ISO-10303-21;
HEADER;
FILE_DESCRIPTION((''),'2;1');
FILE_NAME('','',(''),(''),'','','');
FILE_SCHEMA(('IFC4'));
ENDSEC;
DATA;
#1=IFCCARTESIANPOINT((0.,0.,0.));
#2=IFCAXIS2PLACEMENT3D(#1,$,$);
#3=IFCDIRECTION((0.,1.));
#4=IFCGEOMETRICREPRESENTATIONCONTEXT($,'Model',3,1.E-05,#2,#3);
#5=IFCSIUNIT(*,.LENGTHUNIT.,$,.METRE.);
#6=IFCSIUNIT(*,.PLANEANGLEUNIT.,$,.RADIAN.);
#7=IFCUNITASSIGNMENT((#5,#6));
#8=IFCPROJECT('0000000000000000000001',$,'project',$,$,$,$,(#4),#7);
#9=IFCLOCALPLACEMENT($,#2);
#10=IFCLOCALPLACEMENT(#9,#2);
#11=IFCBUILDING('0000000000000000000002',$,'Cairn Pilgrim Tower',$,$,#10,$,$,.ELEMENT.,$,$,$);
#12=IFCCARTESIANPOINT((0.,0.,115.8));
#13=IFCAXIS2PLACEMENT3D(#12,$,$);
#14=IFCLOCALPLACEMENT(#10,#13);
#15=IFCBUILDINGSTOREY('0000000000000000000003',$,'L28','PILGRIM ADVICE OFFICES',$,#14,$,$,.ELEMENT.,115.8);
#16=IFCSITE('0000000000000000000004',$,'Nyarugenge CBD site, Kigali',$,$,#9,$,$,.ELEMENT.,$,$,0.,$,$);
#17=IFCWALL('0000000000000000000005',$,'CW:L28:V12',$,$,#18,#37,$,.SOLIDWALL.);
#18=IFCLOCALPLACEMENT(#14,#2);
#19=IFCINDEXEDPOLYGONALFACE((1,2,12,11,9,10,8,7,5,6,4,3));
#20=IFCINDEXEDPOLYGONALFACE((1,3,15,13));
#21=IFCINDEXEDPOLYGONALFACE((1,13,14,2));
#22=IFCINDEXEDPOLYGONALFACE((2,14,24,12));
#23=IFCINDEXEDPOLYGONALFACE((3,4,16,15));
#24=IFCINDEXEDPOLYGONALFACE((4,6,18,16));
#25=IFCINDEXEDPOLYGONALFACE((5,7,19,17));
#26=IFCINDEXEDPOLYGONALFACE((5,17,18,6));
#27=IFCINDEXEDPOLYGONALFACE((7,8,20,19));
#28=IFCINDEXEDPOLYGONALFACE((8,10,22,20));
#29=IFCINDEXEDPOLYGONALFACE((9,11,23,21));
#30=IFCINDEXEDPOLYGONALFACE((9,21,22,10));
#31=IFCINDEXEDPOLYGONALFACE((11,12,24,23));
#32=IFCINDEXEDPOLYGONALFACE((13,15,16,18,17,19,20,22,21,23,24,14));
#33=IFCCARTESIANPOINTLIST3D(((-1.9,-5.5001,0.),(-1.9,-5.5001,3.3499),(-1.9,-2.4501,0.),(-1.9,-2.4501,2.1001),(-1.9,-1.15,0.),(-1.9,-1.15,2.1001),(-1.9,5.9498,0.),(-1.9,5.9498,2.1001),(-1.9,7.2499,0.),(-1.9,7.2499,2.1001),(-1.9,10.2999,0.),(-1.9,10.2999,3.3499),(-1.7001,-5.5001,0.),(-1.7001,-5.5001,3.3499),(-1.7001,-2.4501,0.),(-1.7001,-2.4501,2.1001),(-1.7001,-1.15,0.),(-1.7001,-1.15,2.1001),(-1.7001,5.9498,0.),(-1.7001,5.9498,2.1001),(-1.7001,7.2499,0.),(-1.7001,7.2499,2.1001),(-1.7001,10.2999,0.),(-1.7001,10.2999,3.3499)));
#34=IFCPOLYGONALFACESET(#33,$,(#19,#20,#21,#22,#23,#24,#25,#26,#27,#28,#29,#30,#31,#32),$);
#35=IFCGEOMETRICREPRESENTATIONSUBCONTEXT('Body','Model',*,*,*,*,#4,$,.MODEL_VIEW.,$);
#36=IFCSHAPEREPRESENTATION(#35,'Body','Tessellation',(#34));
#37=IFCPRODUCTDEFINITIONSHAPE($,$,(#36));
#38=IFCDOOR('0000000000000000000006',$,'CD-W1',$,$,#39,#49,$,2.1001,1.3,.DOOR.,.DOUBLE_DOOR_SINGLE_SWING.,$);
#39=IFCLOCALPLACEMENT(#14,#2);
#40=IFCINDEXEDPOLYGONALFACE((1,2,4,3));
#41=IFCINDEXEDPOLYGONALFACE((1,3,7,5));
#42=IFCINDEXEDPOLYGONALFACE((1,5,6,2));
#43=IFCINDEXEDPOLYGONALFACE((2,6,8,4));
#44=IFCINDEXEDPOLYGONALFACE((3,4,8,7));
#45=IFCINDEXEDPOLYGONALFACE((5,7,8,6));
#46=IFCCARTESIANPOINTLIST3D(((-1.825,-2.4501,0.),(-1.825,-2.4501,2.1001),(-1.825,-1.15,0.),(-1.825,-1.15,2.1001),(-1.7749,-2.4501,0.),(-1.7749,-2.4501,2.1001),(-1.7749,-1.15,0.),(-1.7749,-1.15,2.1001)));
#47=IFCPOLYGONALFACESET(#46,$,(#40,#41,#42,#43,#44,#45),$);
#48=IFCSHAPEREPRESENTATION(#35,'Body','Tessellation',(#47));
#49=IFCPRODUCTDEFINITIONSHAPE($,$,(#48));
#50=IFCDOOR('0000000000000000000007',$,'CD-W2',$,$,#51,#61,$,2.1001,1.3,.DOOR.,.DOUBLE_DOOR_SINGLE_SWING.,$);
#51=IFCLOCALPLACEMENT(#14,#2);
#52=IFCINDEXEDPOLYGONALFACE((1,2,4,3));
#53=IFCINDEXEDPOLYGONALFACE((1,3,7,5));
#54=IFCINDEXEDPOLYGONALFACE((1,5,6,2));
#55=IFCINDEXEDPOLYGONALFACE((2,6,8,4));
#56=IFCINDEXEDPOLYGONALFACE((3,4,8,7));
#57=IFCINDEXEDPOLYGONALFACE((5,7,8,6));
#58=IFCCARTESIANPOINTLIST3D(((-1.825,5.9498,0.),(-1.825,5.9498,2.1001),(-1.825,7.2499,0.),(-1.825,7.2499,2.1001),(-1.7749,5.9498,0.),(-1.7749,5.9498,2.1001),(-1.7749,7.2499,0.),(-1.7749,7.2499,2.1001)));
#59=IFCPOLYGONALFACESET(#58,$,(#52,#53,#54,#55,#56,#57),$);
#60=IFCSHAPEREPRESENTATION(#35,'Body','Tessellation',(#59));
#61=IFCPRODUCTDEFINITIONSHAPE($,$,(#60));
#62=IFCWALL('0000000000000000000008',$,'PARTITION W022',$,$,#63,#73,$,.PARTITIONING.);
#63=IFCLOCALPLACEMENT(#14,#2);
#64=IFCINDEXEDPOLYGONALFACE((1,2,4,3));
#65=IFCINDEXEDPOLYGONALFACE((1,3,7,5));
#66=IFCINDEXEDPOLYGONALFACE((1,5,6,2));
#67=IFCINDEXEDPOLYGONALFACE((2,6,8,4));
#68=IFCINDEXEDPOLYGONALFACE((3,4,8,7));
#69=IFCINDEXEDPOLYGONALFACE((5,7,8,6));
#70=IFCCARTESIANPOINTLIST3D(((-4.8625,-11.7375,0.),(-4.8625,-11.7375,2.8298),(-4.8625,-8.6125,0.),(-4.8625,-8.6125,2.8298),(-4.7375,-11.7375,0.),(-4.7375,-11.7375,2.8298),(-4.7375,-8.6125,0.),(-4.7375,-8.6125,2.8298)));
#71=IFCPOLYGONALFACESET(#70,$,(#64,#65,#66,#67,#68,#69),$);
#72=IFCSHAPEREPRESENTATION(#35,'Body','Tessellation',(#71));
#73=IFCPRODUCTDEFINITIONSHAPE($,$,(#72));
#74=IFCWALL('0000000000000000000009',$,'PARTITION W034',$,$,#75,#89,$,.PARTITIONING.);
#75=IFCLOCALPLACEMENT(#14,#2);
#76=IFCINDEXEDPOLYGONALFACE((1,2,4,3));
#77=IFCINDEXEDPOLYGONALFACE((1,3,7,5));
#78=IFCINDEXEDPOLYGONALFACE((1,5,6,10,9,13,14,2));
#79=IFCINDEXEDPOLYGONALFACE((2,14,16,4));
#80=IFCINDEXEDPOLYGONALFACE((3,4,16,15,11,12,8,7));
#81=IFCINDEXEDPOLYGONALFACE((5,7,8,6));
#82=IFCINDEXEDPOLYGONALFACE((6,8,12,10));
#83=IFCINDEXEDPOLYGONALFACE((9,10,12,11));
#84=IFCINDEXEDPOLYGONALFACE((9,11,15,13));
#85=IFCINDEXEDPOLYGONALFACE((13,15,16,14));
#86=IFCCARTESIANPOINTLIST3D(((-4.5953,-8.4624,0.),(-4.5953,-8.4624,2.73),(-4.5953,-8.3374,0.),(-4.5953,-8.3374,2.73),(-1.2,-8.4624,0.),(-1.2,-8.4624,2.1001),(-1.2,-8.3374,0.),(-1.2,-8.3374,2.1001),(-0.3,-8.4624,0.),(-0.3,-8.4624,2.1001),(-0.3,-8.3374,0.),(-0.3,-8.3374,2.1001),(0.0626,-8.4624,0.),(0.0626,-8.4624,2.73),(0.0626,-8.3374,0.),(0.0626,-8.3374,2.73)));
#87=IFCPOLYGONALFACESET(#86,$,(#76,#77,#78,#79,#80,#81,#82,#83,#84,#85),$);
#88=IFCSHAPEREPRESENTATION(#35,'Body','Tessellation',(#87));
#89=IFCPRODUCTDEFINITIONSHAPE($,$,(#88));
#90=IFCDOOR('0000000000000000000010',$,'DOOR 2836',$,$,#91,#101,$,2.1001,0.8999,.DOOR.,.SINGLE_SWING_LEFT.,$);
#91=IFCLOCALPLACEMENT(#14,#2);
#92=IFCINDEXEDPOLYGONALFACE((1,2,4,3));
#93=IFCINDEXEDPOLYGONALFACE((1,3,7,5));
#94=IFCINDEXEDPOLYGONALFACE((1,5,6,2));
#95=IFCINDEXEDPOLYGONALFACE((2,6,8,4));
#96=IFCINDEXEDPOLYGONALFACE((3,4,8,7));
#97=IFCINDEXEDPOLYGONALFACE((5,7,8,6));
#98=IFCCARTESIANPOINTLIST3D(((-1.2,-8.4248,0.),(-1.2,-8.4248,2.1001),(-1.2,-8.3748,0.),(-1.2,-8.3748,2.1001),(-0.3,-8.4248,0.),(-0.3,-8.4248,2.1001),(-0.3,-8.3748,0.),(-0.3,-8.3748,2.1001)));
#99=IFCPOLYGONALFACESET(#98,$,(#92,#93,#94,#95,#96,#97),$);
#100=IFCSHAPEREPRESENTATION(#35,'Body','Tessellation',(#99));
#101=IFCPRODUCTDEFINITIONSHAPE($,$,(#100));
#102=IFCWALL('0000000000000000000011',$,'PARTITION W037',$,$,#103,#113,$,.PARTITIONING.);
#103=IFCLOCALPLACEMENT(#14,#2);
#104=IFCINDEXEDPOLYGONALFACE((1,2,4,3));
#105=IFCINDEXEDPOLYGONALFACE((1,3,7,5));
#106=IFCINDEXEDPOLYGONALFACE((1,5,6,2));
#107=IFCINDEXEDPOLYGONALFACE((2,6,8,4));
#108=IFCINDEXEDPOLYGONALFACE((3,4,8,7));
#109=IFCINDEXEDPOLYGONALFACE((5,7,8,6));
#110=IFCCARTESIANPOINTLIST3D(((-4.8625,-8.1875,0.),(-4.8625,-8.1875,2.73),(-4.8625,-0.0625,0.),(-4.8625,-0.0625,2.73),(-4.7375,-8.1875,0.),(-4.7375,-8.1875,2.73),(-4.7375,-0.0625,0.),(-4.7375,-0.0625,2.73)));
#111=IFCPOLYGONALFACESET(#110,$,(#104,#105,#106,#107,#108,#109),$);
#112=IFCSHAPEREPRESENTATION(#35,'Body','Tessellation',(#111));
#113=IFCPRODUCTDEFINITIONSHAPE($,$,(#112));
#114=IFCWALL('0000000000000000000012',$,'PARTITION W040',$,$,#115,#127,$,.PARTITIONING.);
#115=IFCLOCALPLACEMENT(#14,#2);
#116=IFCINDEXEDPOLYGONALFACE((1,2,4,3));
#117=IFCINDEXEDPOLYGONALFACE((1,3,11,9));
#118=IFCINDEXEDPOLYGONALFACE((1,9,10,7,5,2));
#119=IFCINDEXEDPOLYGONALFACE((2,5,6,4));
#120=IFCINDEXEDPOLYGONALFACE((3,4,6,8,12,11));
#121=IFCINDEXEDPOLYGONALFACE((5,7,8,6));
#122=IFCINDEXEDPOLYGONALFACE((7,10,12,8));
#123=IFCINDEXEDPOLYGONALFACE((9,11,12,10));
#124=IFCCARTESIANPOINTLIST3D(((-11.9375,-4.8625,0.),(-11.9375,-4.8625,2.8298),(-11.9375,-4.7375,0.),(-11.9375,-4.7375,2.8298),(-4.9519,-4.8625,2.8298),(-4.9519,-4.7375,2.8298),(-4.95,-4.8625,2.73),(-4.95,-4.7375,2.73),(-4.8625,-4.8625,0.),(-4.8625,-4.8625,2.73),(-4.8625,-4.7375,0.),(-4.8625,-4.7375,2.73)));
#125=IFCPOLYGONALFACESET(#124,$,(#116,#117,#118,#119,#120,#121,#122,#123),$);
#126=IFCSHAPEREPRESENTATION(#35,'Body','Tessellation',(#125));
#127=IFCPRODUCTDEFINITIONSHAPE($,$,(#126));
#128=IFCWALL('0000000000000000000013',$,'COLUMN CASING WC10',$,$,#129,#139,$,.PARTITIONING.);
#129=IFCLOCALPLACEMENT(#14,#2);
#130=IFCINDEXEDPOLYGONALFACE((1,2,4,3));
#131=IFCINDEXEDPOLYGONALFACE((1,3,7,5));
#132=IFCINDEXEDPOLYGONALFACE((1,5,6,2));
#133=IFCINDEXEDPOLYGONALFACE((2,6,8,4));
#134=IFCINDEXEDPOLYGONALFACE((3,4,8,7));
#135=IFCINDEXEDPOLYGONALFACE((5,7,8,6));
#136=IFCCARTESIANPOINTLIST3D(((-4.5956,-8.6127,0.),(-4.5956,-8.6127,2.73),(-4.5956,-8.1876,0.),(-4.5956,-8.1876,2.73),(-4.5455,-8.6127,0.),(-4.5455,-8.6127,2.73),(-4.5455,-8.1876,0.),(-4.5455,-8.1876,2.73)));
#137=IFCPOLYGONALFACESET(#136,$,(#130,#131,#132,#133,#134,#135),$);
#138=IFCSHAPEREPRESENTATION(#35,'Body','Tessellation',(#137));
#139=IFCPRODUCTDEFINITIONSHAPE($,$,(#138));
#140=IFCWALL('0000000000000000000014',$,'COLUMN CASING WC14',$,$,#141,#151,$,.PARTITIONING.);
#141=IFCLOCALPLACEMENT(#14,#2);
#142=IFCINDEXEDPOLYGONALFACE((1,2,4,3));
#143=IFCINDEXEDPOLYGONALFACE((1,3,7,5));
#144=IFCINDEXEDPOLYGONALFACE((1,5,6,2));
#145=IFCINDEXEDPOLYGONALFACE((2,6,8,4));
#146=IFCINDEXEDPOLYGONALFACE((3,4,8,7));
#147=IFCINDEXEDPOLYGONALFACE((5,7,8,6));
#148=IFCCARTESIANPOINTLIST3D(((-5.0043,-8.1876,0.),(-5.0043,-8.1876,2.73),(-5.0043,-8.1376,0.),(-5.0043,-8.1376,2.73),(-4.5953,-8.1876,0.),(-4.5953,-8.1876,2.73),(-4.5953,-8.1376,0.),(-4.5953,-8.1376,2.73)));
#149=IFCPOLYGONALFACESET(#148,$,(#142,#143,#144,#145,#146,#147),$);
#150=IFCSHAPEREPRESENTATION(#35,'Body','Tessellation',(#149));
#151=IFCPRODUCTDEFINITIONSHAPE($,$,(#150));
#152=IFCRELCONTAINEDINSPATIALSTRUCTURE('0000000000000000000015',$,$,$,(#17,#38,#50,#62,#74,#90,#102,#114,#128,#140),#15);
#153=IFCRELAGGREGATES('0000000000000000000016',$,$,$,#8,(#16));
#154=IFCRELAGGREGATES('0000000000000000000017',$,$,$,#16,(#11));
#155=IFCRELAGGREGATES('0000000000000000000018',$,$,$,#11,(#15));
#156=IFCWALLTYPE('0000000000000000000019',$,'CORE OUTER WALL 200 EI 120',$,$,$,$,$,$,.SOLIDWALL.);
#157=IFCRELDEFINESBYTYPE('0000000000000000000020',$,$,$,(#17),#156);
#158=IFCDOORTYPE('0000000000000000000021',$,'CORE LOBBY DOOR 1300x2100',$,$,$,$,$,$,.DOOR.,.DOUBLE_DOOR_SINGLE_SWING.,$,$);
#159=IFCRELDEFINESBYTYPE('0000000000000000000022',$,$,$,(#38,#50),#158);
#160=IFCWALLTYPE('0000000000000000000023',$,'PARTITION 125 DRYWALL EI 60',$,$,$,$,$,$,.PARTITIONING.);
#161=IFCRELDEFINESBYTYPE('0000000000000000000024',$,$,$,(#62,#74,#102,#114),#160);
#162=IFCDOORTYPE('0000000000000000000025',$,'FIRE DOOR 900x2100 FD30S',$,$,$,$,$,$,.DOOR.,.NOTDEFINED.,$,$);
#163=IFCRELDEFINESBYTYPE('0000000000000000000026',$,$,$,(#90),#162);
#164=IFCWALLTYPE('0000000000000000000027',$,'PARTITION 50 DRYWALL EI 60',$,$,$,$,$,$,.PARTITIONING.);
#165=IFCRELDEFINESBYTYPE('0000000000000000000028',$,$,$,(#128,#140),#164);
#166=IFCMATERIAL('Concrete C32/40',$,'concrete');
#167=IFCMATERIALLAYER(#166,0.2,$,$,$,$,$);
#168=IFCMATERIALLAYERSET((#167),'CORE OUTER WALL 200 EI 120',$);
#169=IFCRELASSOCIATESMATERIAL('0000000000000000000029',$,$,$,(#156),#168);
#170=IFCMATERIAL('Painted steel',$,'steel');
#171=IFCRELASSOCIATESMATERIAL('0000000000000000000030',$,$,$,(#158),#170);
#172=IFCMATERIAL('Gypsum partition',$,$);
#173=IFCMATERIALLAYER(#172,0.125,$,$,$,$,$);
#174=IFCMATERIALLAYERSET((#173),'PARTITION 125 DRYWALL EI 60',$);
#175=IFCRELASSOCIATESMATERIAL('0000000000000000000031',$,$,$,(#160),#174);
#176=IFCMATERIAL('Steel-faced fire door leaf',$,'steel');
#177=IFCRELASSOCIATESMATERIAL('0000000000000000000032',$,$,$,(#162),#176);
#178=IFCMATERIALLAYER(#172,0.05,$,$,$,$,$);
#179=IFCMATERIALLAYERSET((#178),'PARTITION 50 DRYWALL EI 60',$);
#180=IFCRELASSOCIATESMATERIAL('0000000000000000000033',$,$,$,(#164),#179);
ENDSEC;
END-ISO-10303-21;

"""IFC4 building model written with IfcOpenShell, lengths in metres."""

from ifc_helpers import new_model, si_unit, direction, frame, frame_2d, origin, place, context, subcontext, project, spatial, polyline, rectangle, outline, extrude, material, layer, layer_set, type_object, element, fill, save


model = new_model("IFC4")

# Units and contexts
model_context = context("Model", 3, precision=1e-05, world=origin(), true_north=direction((0.0, 1.0)))
body_context = subcontext(model_context, "Body", "Model", "MODEL_VIEW")
ifc_project = project(units=[si_unit("LENGTHUNIT", "METRE"), si_unit("PLANEANGLEUNIT", "RADIAN")], contexts=[model_context])

# Site, building, storey
site_placement = place(None, origin())
site = spatial("IfcSite", under=ifc_project, at=site_placement, Name="Nyarugenge CBD site, Kigali", CompositionType="ELEMENT", RefElevation=0.0)
building_placement = place(site_placement, origin())
building = spatial("IfcBuilding", under=site, at=building_placement, Name="Cairn Pilgrim Tower", CompositionType="ELEMENT")
storey_placement = place(building_placement, frame((0.0, 0.0, 115.8)))
storey = spatial("IfcBuildingStorey", under=building, at=storey_placement, Name="L28", Description="PILGRIM ADVICE OFFICES", CompositionType="ELEMENT", Elevation=115.8)

# Shared definitions
ifc_material_1 = material(Name="Concrete C32/40", Category="concrete")
ifc_layer_1 = layer(ifc_material_1, 0.2)
ifc_layer_set_1 = layer_set([ifc_layer_1], Name="CORE OUTER WALL 200 EI 120")
wall_type_1 = type_object("IfcWallType", Name="CORE OUTER WALL 200 EI 120", PredefinedType="SOLIDWALL", material=ifc_layer_set_1)

# Wall, openings, doors
wall_1_placement = place(storey_placement, frame((-1.8, -5.5, 0.0), z_axis=(0.0, 0.0, 1.0), x_axis=(0.0, 1.0, 0.0)))
wall_1 = element("IfcWall", 1, at=wall_1_placement, inside=storey, type_object=wall_type_1, Name="CW:L28:V12", PredefinedType="SOLIDWALL", context=body_context, shape_type="SweptSolid", body=[
    extrude(rectangle(XDim=15.8, YDim=0.2, at=frame_2d((7.8999, 0.0))), origin(), (0.0, 0.0, 1.0), 3.3499),
])
opening_1_placement = place(wall_1_placement, frame((3.05, 0.0, 0.0)))
opening_1 = element("IfcOpeningElement", 2, at=opening_1_placement, cuts=wall_1, PredefinedType="OPENING", context=body_context, shape_type="SweptSolid", body=[
    extrude(rectangle(XDim=1.3, YDim=2.1001, at=frame_2d((0.6499, 1.05))), frame((0.0, 0.1099, 0.0), z_axis=(0.0, -1.0, 0.0), x_axis=(1.0, 0.0, 0.0)), (0.0, 0.0, 1.0), 0.22),
])
opening_2_placement = place(wall_1_placement, frame((11.45, 0.0, 0.0)))
opening_2 = element("IfcOpeningElement", 3, at=opening_2_placement, cuts=wall_1, PredefinedType="OPENING", context=body_context, shape_type="SweptSolid", body=[
    extrude(rectangle(XDim=1.3, YDim=2.1001, at=frame_2d((0.6499, 1.05))), frame((0.0, 0.1099, 0.0), z_axis=(0.0, -1.0, 0.0), x_axis=(1.0, 0.0, 0.0)), (0.0, 0.0, 1.0), 0.22),
])
ifc_material_2 = material(Name="Painted steel", Category="steel")
door_type_1 = type_object("IfcDoorType", Name="CORE LOBBY DOOR 1300x2100", OperationType="DOUBLE_DOOR_SINGLE_SWING", PredefinedType="DOOR", material=ifc_material_2)
door_1_placement = place(opening_1_placement, origin())
door_1 = element("IfcDoor", 4, at=door_1_placement, inside=storey, type_object=door_type_1, Name="CD-W1", OperationType="DOUBLE_DOOR_SINGLE_SWING", OverallHeight=2.1001, OverallWidth=1.3, PredefinedType="DOOR", context=body_context, shape_type="SweptSolid", body=[
    extrude(rectangle(XDim=1.3, YDim=2.1001, at=frame_2d((0.6499, 1.05))), frame((0.0, 0.0249, 0.0), z_axis=(0.0, -1.0, 0.0), x_axis=(1.0, 0.0, 0.0)), (0.0, 0.0, 1.0), 0.05),
])
fill(opening_1, door_1)
door_2_placement = place(opening_2_placement, origin())
door_2 = element("IfcDoor", 5, at=door_2_placement, inside=storey, type_object=door_type_1, Name="CD-W2", OperationType="DOUBLE_DOOR_SINGLE_SWING", OverallHeight=2.1001, OverallWidth=1.3, PredefinedType="DOOR", context=body_context, shape_type="SweptSolid", body=[
    extrude(rectangle(XDim=1.3, YDim=2.1001, at=frame_2d((0.6499, 1.05))), frame((0.0, 0.0249, 0.0), z_axis=(0.0, -1.0, 0.0), x_axis=(1.0, 0.0, 0.0)), (0.0, 0.0, 1.0), 0.05),
])
fill(opening_2, door_2)

# Wall
ifc_material_3 = material(Name="Gypsum partition")
ifc_layer_2 = layer(ifc_material_3, 0.125)
ifc_layer_set_2 = layer_set([ifc_layer_2], Name="PARTITION 125 DRYWALL EI 60")
wall_type_2 = type_object("IfcWallType", Name="PARTITION 125 DRYWALL EI 60", PredefinedType="PARTITIONING", material=ifc_layer_set_2)
wall_2_placement = place(storey_placement, frame((-4.8, -11.7375, 0.0), z_axis=(0.0, 0.0, 1.0), x_axis=(0.0, 1.0, 0.0)))
element("IfcWall", 6, at=wall_2_placement, inside=storey, type_object=wall_type_2, Name="PARTITION W022", PredefinedType="PARTITIONING", context=body_context, shape_type="SweptSolid", body=[
    extrude(rectangle(XDim=3.125, YDim=0.125, at=frame_2d((1.5625, 0.0))), origin(), (0.0, 0.0, 1.0), 2.8298),
])

# Wall, opening, door
wall_3_placement = place(storey_placement, frame((-4.5955, -8.3999, 0.0), z_axis=(0.0, 0.0, 1.0), x_axis=(1.0, 0.0, 0.0)))
wall_3 = element("IfcWall", 7, at=wall_3_placement, inside=storey, type_object=wall_type_2, Name="PARTITION W034", PredefinedType="PARTITIONING", context=body_context, shape_type="SweptSolid", body=[
    extrude(rectangle(XDim=4.658, YDim=0.125, at=frame_2d((2.3291, 0.0))), origin(), (0.0, 0.0, 1.0), 2.73),
])
opening_3_placement = place(wall_3_placement, frame((3.3955, 0.0, 0.0)))
opening_3 = element("IfcOpeningElement", 8, at=opening_3_placement, cuts=wall_3, PredefinedType="OPENING", context=body_context, shape_type="SweptSolid", body=[
    extrude(rectangle(XDim=0.8999, YDim=2.1001, at=frame_2d((0.45, 1.05))), frame((0.0, 0.0725, 0.0), z_axis=(0.0, -1.0, 0.0), x_axis=(1.0, 0.0, 0.0)), (0.0, 0.0, 1.0), 0.145),
])
ifc_material_4 = material(Name="Steel-faced fire door leaf", Category="steel")
door_type_2 = type_object("IfcDoorType", Name="FIRE DOOR 900x2100 FD30S", OperationType="NOTDEFINED", PredefinedType="DOOR", material=ifc_material_4)
door_3_placement = place(opening_3_placement, frame((0.8999, 0.0, 0.0), z_axis=(0.0, 0.0, 1.0), x_axis=(-1.0, 0.0, 0.0)))
door_3 = element("IfcDoor", 9, at=door_3_placement, inside=storey, type_object=door_type_2, Name="DOOR 2836", OperationType="SINGLE_SWING_LEFT", OverallHeight=2.1001, OverallWidth=0.8999, PredefinedType="DOOR", context=body_context, shape_type="SweptSolid", body=[
    extrude(rectangle(XDim=0.8999, YDim=2.1001, at=frame_2d((0.45, 1.05))), frame((0.0, 0.0249, 0.0), z_axis=(0.0, -1.0, 0.0), x_axis=(1.0, 0.0, 0.0)), (0.0, 0.0, 1.0), 0.05),
])
fill(opening_3, door_3)

# Walls
wall_4_placement = place(storey_placement, frame((-4.8, -8.1875, 0.0), z_axis=(0.0, 0.0, 1.0), x_axis=(0.0, 1.0, 0.0)))
element("IfcWall", 10, at=wall_4_placement, inside=storey, type_object=wall_type_2, Name="PARTITION W037", PredefinedType="PARTITIONING", context=body_context, shape_type="SweptSolid", body=[
    extrude(rectangle(XDim=8.125, YDim=0.125, at=frame_2d((4.0625, 0.0))), origin(), (0.0, 0.0, 1.0), 2.73),
])
wall_5_placement = place(storey_placement, frame((-11.9375, -4.8, 0.0), z_axis=(0.0, 0.0, 1.0), x_axis=(1.0, 0.0, 0.0)))
element("IfcWall", 11, at=wall_5_placement, inside=storey, type_object=wall_type_2, Name="PARTITION W040", PredefinedType="PARTITIONING", context=body_context, shape_type="SweptSolid", body=[
    extrude(outline(polyline([(0.0, 0.0), (7.075, 0.0), (7.075, 2.73), (6.9875, 2.73), (6.9856, 2.8298), (0.0, 2.8298), (0.0, 0.0)])), frame((0.0, 0.0625, 0.0), z_axis=(0.0, -1.0, 0.0), x_axis=(1.0, 0.0, 0.0)), (0.0, 0.0, 1.0), 0.125),
])
ifc_layer_3 = layer(ifc_material_3, 0.05)
ifc_layer_set_3 = layer_set([ifc_layer_3], Name="PARTITION 50 DRYWALL EI 60")
wall_type_3 = type_object("IfcWallType", Name="PARTITION 50 DRYWALL EI 60", PredefinedType="PARTITIONING", material=ifc_layer_set_3)
wall_6_placement = place(storey_placement, frame((-4.5706, -8.6125, 0.0), z_axis=(0.0, 0.0, 1.0), x_axis=(0.0, 1.0, 0.0)))
element("IfcWall", 12, at=wall_6_placement, inside=storey, type_object=wall_type_3, Name="COLUMN CASING WC10", PredefinedType="PARTITIONING", context=body_context, shape_type="SweptSolid", body=[
    extrude(rectangle(XDim=0.425, YDim=0.05, at=frame_2d((0.2124, 0.0))), origin(), (0.0, 0.0, 1.0), 2.73),
])
wall_7_placement = place(storey_placement, frame((-5.0044, -8.1626, 0.0), z_axis=(0.0, 0.0, 1.0), x_axis=(1.0, 0.0, 0.0)))
element("IfcWall", 13, at=wall_7_placement, inside=storey, type_object=wall_type_3, Name="COLUMN CASING WC14", PredefinedType="PARTITIONING", context=body_context, shape_type="SweptSolid", body=[
    extrude(rectangle(XDim=0.4089, YDim=0.05, at=frame_2d((0.2046, 0.0))), origin(), (0.0, 0.0, 1.0), 2.73),
])

save(model, "model.ifc")
